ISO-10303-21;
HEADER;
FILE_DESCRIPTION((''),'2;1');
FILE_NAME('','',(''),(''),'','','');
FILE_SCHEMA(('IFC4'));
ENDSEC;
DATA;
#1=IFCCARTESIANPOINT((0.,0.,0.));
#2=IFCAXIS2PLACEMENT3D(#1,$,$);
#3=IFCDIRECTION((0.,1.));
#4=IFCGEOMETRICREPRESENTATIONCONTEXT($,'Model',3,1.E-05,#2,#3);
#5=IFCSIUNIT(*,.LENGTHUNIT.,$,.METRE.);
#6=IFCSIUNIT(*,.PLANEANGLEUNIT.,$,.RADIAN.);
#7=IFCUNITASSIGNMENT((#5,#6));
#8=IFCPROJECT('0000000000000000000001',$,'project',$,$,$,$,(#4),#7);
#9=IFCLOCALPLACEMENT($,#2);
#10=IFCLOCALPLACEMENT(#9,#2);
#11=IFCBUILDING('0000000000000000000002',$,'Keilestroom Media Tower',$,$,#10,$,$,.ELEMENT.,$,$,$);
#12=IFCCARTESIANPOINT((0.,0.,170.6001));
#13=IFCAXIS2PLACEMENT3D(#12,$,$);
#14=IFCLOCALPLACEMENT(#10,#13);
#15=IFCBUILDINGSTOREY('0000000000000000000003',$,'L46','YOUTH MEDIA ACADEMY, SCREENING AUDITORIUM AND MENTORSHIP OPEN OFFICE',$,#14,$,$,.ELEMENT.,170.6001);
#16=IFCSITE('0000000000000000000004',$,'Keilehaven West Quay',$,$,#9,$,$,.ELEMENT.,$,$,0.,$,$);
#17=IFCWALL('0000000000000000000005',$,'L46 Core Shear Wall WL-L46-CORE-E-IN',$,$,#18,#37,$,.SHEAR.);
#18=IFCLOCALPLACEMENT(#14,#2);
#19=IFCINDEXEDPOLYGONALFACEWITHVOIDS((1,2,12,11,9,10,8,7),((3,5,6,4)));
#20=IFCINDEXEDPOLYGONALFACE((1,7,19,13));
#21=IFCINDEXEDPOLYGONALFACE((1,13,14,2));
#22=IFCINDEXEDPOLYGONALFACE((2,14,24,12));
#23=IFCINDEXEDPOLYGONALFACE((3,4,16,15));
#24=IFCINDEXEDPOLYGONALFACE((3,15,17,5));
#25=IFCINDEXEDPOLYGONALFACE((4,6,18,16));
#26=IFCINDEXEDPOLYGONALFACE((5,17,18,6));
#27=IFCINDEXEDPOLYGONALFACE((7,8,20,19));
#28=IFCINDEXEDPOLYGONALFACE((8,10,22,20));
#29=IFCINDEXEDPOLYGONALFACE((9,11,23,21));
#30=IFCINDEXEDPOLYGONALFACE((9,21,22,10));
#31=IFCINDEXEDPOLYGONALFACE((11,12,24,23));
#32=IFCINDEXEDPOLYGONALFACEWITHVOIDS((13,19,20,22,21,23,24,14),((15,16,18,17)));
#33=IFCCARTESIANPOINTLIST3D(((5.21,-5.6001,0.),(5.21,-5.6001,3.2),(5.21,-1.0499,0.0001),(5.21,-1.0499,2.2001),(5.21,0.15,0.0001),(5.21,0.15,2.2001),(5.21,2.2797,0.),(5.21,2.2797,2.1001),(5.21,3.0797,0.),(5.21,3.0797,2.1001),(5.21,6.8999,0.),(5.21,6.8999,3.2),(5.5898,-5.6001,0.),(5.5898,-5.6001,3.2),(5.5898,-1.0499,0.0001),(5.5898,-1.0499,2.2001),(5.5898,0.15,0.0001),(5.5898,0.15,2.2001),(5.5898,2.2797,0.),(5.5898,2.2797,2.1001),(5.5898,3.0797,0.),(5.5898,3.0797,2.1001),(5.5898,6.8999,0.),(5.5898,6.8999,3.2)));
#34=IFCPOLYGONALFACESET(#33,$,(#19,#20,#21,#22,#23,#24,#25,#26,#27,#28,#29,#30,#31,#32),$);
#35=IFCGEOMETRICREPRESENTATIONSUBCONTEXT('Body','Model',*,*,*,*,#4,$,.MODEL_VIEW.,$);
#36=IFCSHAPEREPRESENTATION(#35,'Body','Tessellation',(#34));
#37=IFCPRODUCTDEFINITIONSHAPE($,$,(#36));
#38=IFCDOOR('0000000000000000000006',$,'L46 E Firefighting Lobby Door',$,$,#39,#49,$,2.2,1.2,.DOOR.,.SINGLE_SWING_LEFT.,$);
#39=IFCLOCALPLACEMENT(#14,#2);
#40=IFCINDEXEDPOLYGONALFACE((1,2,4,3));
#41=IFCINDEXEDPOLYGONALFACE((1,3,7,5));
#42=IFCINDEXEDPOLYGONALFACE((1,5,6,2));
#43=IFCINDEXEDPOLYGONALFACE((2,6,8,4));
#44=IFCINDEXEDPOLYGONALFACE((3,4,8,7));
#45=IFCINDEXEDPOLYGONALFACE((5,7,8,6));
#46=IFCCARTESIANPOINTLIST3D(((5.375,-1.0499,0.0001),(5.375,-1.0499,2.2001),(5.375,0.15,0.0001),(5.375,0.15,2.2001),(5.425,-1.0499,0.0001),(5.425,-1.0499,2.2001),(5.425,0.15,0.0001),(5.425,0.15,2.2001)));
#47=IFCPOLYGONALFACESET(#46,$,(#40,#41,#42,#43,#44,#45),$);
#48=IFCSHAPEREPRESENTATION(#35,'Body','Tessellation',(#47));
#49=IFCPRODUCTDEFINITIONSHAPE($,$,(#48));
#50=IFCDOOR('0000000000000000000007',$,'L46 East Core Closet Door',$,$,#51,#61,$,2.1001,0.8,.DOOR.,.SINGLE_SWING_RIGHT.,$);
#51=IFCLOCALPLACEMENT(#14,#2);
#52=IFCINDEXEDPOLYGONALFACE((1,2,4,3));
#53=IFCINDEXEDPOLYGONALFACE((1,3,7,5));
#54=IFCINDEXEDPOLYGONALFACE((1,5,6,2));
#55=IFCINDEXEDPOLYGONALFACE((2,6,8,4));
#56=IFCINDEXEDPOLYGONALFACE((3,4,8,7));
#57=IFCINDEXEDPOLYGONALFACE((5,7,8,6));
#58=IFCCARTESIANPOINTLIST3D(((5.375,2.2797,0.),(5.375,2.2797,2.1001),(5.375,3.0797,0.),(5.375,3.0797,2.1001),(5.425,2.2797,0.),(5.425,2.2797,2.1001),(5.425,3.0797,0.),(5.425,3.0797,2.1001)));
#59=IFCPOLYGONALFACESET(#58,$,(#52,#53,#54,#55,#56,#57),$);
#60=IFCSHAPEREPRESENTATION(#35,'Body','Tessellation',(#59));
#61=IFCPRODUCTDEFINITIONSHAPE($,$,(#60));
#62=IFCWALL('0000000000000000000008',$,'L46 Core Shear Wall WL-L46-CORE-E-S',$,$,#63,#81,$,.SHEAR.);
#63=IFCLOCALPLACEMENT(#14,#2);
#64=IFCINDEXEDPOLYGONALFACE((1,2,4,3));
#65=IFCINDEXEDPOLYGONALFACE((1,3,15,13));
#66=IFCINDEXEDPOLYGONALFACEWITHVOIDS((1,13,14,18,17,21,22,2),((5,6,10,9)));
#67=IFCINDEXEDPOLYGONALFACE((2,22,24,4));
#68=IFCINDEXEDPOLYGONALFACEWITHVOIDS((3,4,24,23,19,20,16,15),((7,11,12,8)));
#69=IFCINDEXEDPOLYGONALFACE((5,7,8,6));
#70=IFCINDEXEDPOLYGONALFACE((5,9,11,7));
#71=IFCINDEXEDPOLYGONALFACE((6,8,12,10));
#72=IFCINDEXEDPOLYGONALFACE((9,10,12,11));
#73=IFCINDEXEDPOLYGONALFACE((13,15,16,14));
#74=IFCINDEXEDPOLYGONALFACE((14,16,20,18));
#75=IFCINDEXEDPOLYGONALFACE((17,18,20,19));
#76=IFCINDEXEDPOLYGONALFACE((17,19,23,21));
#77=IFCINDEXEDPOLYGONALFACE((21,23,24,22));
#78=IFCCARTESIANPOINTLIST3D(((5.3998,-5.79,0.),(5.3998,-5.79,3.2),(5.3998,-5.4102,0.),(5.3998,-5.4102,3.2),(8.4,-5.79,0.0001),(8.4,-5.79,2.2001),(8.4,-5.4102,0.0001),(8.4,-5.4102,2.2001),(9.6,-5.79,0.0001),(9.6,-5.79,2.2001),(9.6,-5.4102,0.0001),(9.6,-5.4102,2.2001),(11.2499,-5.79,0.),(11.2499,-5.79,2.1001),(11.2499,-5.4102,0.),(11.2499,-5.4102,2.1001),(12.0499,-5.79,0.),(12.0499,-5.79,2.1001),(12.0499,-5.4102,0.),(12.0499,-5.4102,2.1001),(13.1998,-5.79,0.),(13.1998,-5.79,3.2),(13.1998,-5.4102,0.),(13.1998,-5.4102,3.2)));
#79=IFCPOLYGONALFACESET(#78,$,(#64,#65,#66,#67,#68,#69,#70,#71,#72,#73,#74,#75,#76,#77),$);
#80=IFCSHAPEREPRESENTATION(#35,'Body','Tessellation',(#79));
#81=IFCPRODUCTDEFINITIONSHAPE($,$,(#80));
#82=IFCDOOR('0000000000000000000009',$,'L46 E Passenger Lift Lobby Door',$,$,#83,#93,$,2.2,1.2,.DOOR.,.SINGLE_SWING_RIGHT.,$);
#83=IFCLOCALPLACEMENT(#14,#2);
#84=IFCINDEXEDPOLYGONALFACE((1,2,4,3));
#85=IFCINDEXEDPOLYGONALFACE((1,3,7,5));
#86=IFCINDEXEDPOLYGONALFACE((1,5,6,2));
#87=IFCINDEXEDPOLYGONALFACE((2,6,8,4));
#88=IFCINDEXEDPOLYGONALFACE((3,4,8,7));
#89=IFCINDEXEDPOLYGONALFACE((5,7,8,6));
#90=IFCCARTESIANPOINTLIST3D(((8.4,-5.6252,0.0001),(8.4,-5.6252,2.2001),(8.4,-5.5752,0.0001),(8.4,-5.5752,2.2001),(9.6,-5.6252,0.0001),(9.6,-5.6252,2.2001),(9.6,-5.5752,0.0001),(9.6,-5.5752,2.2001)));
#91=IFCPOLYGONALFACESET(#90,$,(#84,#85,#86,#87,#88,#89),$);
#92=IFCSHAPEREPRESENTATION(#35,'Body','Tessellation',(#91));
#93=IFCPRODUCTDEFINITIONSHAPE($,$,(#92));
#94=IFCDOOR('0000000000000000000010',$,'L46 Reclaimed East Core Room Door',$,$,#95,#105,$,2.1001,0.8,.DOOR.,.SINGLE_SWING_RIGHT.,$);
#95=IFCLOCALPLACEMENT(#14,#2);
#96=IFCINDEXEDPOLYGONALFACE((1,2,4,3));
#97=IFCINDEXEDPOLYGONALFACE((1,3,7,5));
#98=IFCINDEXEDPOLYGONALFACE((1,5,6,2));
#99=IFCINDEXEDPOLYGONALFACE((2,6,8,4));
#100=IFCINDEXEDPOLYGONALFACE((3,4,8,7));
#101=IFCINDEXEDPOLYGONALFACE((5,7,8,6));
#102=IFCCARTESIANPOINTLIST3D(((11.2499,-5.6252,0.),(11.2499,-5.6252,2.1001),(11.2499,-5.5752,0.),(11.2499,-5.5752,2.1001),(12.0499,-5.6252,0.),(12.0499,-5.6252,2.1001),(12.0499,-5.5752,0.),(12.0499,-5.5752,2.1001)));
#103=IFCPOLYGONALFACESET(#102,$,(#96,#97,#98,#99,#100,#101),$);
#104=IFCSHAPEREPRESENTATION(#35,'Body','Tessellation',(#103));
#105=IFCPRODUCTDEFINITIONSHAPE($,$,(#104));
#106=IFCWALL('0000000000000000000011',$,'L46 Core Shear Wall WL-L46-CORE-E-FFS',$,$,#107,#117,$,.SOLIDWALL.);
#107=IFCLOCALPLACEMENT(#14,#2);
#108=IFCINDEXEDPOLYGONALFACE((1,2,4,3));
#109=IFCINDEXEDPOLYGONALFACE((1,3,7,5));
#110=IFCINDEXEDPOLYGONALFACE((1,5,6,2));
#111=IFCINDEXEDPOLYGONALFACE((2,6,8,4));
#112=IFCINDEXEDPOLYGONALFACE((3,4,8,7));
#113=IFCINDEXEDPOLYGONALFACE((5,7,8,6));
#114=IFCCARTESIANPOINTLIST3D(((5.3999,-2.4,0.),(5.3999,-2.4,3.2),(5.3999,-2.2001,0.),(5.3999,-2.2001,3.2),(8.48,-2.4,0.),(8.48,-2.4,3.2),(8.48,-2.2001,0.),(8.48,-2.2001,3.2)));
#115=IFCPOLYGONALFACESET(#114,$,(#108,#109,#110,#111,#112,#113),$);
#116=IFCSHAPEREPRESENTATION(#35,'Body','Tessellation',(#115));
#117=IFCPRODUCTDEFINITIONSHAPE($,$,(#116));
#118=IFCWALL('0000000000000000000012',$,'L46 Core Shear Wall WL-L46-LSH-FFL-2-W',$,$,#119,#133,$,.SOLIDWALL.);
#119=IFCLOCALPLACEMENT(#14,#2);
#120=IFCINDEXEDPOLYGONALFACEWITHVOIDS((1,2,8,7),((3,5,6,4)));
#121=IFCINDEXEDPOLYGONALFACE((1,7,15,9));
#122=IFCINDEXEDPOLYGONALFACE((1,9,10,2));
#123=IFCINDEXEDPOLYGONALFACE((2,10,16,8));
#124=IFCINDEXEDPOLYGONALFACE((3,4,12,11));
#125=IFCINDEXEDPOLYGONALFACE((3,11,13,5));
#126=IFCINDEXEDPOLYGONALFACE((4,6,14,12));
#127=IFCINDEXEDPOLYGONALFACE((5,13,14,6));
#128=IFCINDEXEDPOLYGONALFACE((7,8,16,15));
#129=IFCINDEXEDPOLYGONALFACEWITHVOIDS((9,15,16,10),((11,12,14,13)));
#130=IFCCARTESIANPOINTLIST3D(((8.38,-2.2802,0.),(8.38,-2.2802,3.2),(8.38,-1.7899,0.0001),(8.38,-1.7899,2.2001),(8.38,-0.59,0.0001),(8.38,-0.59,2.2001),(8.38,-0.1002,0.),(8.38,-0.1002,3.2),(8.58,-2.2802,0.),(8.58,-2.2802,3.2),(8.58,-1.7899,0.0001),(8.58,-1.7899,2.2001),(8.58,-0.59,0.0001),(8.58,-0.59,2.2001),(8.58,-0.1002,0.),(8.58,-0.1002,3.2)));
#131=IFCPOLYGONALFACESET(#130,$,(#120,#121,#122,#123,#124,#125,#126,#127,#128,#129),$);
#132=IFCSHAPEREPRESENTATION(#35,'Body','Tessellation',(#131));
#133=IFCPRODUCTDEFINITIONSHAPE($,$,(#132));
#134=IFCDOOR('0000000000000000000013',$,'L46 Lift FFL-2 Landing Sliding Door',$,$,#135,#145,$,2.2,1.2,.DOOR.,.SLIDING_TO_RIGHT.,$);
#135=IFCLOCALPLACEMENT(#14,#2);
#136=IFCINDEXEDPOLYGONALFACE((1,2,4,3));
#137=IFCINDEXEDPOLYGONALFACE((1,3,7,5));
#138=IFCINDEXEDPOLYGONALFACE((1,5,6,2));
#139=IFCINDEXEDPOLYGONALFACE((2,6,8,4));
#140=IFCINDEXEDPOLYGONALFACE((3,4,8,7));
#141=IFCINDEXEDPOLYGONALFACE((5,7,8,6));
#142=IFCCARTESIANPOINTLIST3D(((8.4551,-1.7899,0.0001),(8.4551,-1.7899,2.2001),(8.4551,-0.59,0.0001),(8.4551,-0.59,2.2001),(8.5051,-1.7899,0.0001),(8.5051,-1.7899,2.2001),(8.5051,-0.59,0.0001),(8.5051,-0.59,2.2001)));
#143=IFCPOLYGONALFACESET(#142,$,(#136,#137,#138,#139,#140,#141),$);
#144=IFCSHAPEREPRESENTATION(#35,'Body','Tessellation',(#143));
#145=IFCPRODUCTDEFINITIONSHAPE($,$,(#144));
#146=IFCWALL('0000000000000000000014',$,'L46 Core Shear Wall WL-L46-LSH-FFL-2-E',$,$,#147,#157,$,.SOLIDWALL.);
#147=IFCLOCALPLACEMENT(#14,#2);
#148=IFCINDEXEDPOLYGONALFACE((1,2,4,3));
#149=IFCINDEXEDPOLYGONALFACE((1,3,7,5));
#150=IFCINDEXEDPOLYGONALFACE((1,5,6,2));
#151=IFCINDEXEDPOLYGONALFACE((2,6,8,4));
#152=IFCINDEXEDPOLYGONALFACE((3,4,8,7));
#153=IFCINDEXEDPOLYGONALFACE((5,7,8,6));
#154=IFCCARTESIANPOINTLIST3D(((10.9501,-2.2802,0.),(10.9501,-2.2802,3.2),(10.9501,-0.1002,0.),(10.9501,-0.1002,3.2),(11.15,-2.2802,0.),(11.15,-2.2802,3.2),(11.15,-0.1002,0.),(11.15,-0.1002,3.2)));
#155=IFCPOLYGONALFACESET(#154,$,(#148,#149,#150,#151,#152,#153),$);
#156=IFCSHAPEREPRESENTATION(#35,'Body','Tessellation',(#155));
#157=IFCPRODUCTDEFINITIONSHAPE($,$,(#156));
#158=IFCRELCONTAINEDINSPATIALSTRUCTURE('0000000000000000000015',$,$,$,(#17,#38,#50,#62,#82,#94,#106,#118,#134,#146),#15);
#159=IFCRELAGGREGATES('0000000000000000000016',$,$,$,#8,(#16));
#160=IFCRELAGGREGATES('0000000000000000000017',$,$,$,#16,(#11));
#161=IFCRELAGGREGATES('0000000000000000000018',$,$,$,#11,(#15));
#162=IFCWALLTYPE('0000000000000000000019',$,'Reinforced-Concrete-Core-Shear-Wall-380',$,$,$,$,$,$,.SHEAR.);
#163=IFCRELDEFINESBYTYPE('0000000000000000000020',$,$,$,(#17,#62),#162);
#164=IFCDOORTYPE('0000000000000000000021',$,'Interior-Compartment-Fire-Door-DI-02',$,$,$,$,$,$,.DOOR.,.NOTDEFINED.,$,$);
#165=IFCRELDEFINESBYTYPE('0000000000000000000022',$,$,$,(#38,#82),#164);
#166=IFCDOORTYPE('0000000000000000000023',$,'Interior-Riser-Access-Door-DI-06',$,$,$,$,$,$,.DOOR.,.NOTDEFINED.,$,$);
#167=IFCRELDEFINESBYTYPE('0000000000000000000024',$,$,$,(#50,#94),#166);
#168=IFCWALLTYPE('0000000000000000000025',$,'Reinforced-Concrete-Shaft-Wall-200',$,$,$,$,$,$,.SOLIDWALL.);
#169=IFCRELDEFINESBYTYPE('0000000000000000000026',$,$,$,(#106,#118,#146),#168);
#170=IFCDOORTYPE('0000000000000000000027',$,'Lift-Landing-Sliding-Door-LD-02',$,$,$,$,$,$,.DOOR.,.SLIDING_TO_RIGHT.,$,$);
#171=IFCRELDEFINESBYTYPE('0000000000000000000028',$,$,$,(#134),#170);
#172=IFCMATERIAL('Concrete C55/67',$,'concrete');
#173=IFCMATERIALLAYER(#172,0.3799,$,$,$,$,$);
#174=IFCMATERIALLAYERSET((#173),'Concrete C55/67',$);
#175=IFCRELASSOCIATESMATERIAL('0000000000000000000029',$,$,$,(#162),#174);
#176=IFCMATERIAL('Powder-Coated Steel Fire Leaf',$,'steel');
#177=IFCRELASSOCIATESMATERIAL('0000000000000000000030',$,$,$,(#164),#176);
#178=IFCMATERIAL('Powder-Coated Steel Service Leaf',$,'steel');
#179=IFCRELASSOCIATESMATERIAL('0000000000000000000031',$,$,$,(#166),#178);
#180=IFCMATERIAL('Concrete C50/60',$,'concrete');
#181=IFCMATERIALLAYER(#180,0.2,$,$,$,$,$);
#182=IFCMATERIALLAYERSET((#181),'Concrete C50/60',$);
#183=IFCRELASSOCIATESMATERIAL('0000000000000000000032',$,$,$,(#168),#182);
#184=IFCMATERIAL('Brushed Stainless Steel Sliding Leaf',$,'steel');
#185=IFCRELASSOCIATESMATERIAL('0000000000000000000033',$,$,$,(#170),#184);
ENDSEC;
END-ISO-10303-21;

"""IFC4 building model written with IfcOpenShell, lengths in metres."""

from ifc_helpers import new_model, si_unit, direction, frame, frame_2d, origin, place, context, subcontext, project, spatial, rectangle, extrude, source, transform, mapped, material, layer, layer_set, type_object, element, fill, save


model = new_model("IFC4")

# Units and contexts
model_context = context("Model", 3, precision=1e-05, world=origin(), true_north=direction((0.0, 1.0)))
body_context = subcontext(model_context, "Body", "Model", "MODEL_VIEW")
ifc_project = project(units=[si_unit("LENGTHUNIT", "METRE"), si_unit("PLANEANGLEUNIT", "RADIAN")], contexts=[model_context])

# Site, building, storey
site_placement = place(None, origin())
site = spatial("IfcSite", under=ifc_project, at=site_placement, Name="Keilehaven West Quay", CompositionType="ELEMENT", RefElevation=0.0)
building_placement = place(site_placement, origin())
building = spatial("IfcBuilding", under=site, at=building_placement, Name="Keilestroom Media Tower", CompositionType="ELEMENT")
storey_placement = place(building_placement, frame((0.0, 0.0, 170.6001)))
storey = spatial("IfcBuildingStorey", under=building, at=storey_placement, Name="L46", Description="YOUTH MEDIA ACADEMY, SCREENING AUDITORIUM AND MENTORSHIP OPEN OFFICE", CompositionType="ELEMENT", Elevation=170.6001)

# Shared definitions
ifc_material_1 = material(Name="Concrete C55/67", Category="concrete")

# Shared definitions
ifc_layer_1 = layer(ifc_material_1, 0.3799)
ifc_layer_set_1 = layer_set([ifc_layer_1], Name="Concrete C55/67")
wall_type_1 = type_object("IfcWallType", Name="Reinforced-Concrete-Core-Shear-Wall-380", PredefinedType="SHEAR", material=ifc_layer_set_1)

# Walls, openings, doors
wall_1_placement = place(storey_placement, frame((5.3999, -5.6001, 0.0), z_axis=(0.0, 0.0, 1.0), x_axis=(0.0, 1.0, 0.0)))
wall_1 = element("IfcWall", 1, at=wall_1_placement, inside=storey, type_object=wall_type_1, Name="L46 Core Shear Wall WL-L46-CORE-E-IN", PredefinedType="SHEAR", context=body_context, shape_type="SweptSolid", body=[
    extrude(rectangle(XDim=12.5, YDim=0.3799, at=frame_2d((6.25, 0.0))), origin(), (0.0, 0.0, 1.0), 3.2),
])
opening_1_placement = place(wall_1_placement, frame((4.55, 0.0, 0.0)))
opening_1 = element("IfcOpeningElement", 2, at=opening_1_placement, cuts=wall_1, PredefinedType="OPENING", context=body_context, shape_type="SweptSolid", body=[
    extrude(rectangle(XDim=1.2, YDim=2.2, at=frame_2d((0.6001, 1.1001))), frame((0.0, 0.2, 0.0), z_axis=(0.0, -1.0, 0.0), x_axis=(1.0, 0.0, 0.0)), (0.0, 0.0, 1.0), 0.3999),
])
opening_2_placement = place(wall_1_placement, frame((7.8799, 0.0, 0.0)))
opening_2 = element("IfcOpeningElement", 3, at=opening_2_placement, cuts=wall_1, PredefinedType="OPENING", context=body_context, shape_type="SweptSolid", body=[
    extrude(rectangle(XDim=0.8, YDim=2.1001, at=frame_2d((0.3999, 1.05))), frame((0.0, 0.2, 0.0), z_axis=(0.0, -1.0, 0.0), x_axis=(1.0, 0.0, 0.0)), (0.0, 0.0, 1.0), 0.3999),
])
ifc_material_2 = material(Name="Powder-Coated Steel Fire Leaf", Category="steel")
door_type_1 = type_object("IfcDoorType", Name="Interior-Compartment-Fire-Door-DI-02", OperationType="NOTDEFINED", PredefinedType="DOOR", material=ifc_material_2)
shared_shape_1 = source(origin(), body_context, "Body", "SweptSolid", [
    extrude(rectangle(XDim=1.2, YDim=2.2, at=frame_2d((0.6001, 1.1001))), frame((0.0, 0.0249, 0.0), z_axis=(0.0, -1.0, 0.0), x_axis=(1.0, 0.0, 0.0)), (0.0, 0.0, 1.0), 0.05),
])
door_1_placement = place(opening_1_placement, origin())
door_1 = element("IfcDoor", 4, at=door_1_placement, inside=storey, type_object=door_type_1, Name="L46 E Firefighting Lobby Door", OperationType="SINGLE_SWING_LEFT", OverallHeight=2.2, OverallWidth=1.2, PredefinedType="DOOR", context=body_context, shape_type="MappedRepresentation", body=[
    mapped(shared_shape_1, transform((0.0, 0.0, 0.0), x_axis=(1.0, 0.0, 0.0), y_axis=(0.0, 1.0, 0.0), z_axis=(0.0, 0.0, 1.0), scale=1.0)),
])
fill(opening_1, door_1)
ifc_material_3 = material(Name="Powder-Coated Steel Service Leaf", Category="steel")
door_type_2 = type_object("IfcDoorType", Name="Interior-Riser-Access-Door-DI-06", OperationType="NOTDEFINED", PredefinedType="DOOR", material=ifc_material_3)
shared_shape_2 = source(origin(), body_context, "Body", "SweptSolid", [
    extrude(rectangle(XDim=0.8, YDim=2.1001, at=frame_2d((0.3999, 1.05))), frame((0.0, 0.0249, 0.0), z_axis=(0.0, -1.0, 0.0), x_axis=(1.0, 0.0, 0.0)), (0.0, 0.0, 1.0), 0.05),
])
door_2_placement = place(opening_2_placement, origin())
door_2 = element("IfcDoor", 5, at=door_2_placement, inside=storey, type_object=door_type_2, Name="L46 East Core Closet Door", OperationType="SINGLE_SWING_RIGHT", OverallHeight=2.1001, OverallWidth=0.8, PredefinedType="DOOR", context=body_context, shape_type="MappedRepresentation", body=[
    mapped(shared_shape_2, transform((0.0, 0.0, 0.0), x_axis=(1.0, 0.0, 0.0), y_axis=(0.0, 1.0, 0.0), z_axis=(0.0, 0.0, 1.0), scale=1.0)),
])
fill(opening_2, door_2)
wall_2_placement = place(storey_placement, frame((5.3999, -5.6001, 0.0), z_axis=(0.0, 0.0, 1.0), x_axis=(1.0, 0.0, 0.0)))
wall_2 = element("IfcWall", 6, at=wall_2_placement, inside=storey, type_object=wall_type_1, Name="L46 Core Shear Wall WL-L46-CORE-E-S", PredefinedType="SHEAR", context=body_context, shape_type="SweptSolid", body=[
    extrude(rectangle(XDim=7.8, YDim=0.3799, at=frame_2d((3.8999, 0.0))), origin(), (0.0, 0.0, 1.0), 3.2),
])
opening_3_placement = place(wall_2_placement, frame((3.0, 0.0, 0.0)))
opening_3 = element("IfcOpeningElement", 7, at=opening_3_placement, cuts=wall_2, PredefinedType="OPENING", context=body_context, shape_type="SweptSolid", body=[
    extrude(rectangle(XDim=1.2, YDim=2.2, at=frame_2d((0.6001, 1.1001))), frame((0.0, 0.2, 0.0), z_axis=(0.0, -1.0, 0.0), x_axis=(1.0, 0.0, 0.0)), (0.0, 0.0, 1.0), 0.3999),
])
opening_4_placement = place(wall_2_placement, frame((5.8501, 0.0, 0.0)))
opening_4 = element("IfcOpeningElement", 8, at=opening_4_placement, cuts=wall_2, PredefinedType="OPENING", context=body_context, shape_type="SweptSolid", body=[
    extrude(rectangle(XDim=0.8, YDim=2.1001, at=frame_2d((0.3999, 1.05))), frame((0.0, 0.2, 0.0), z_axis=(0.0, -1.0, 0.0), x_axis=(1.0, 0.0, 0.0)), (0.0, 0.0, 1.0), 0.3999),
])
door_3_placement = place(opening_3_placement, origin())
door_3 = element("IfcDoor", 9, at=door_3_placement, inside=storey, type_object=door_type_1, Name="L46 E Passenger Lift Lobby Door", OperationType="SINGLE_SWING_RIGHT", OverallHeight=2.2, OverallWidth=1.2, PredefinedType="DOOR", context=body_context, shape_type="MappedRepresentation", body=[
    mapped(shared_shape_1, transform((0.0, 0.0, 0.0), x_axis=(1.0, 0.0, 0.0), y_axis=(0.0, 1.0, 0.0), z_axis=(0.0, 0.0, 1.0), scale=1.0)),
])
fill(opening_3, door_3)
door_4_placement = place(opening_4_placement, origin())
door_4 = element("IfcDoor", 10, at=door_4_placement, inside=storey, type_object=door_type_2, Name="L46 Reclaimed East Core Room Door", OperationType="SINGLE_SWING_RIGHT", OverallHeight=2.1001, OverallWidth=0.8, PredefinedType="DOOR", context=body_context, shape_type="MappedRepresentation", body=[
    mapped(shared_shape_2, transform((0.0, 0.0, 0.0), x_axis=(1.0, 0.0, 0.0), y_axis=(0.0, 1.0, 0.0), z_axis=(0.0, 0.0, 1.0), scale=1.0)),
])
fill(opening_4, door_4)

# Wall
ifc_material_4 = material(Name="Concrete C50/60", Category="concrete")
ifc_layer_2 = layer(ifc_material_4, 0.2)
ifc_layer_set_2 = layer_set([ifc_layer_2], Name="Concrete C50/60")
wall_type_2 = type_object("IfcWallType", Name="Reinforced-Concrete-Shaft-Wall-200", PredefinedType="SOLIDWALL", material=ifc_layer_set_2)
wall_3_placement = place(storey_placement, frame((5.3999, -2.3, 0.0), z_axis=(0.0, 0.0, 1.0), x_axis=(1.0, 0.0, 0.0)))
element("IfcWall", 11, at=wall_3_placement, inside=storey, type_object=wall_type_2, Name="L46 Core Shear Wall WL-L46-CORE-E-FFS", PredefinedType="SOLIDWALL", context=body_context, shape_type="SweptSolid", body=[
    extrude(rectangle(XDim=3.0801, YDim=0.2, at=frame_2d((1.54, 0.0))), origin(), (0.0, 0.0, 1.0), 3.2),
])

# Wall, opening, door
wall_4_placement = place(storey_placement, frame((8.48, -2.28, 0.0), z_axis=(0.0, 0.0, 1.0), x_axis=(0.0, 1.0, 0.0)))
wall_4 = element("IfcWall", 12, at=wall_4_placement, inside=storey, type_object=wall_type_2, Name="L46 Core Shear Wall WL-L46-LSH-FFL-2-W", PredefinedType="SOLIDWALL", context=body_context, shape_type="SweptSolid", body=[
    extrude(rectangle(XDim=2.1799, YDim=0.2, at=frame_2d((1.0898, 0.0))), origin(), (0.0, 0.0, 1.0), 3.2),
])
opening_5_placement = place(wall_4_placement, frame((0.49, 0.0, 0.0)))
opening_5 = element("IfcOpeningElement", 13, at=opening_5_placement, cuts=wall_4, PredefinedType="OPENING", context=body_context, shape_type="SweptSolid", body=[
    extrude(rectangle(XDim=1.2, YDim=2.2, at=frame_2d((0.6001, 1.1001))), frame((0.0, 0.1099, 0.0), z_axis=(0.0, -1.0, 0.0), x_axis=(1.0, 0.0, 0.0)), (0.0, 0.0, 1.0), 0.22),
])
ifc_material_5 = material(Name="Brushed Stainless Steel Sliding Leaf", Category="steel")
door_type_3 = type_object("IfcDoorType", Name="Lift-Landing-Sliding-Door-LD-02", OperationType="SLIDING_TO_RIGHT", PredefinedType="DOOR", material=ifc_material_5)
door_5_placement = place(opening_5_placement, origin())
door_5 = element("IfcDoor", 14, at=door_5_placement, inside=storey, type_object=door_type_3, Name="L46 Lift FFL-2 Landing Sliding Door", OperationType="SLIDING_TO_RIGHT", OverallHeight=2.2, OverallWidth=1.2, PredefinedType="DOOR", context=body_context, shape_type="MappedRepresentation", body=[
    mapped(shared_shape_1, transform((0.0, 0.0, 0.0), x_axis=(1.0, 0.0, 0.0), y_axis=(0.0, 1.0, 0.0), z_axis=(0.0, 0.0, 1.0), scale=1.0)),
])
fill(opening_5, door_5)

# Wall
wall_5_placement = place(storey_placement, frame((11.05, -2.28, 0.0), z_axis=(0.0, 0.0, 1.0), x_axis=(0.0, 1.0, 0.0)))
element("IfcWall", 15, at=wall_5_placement, inside=storey, type_object=wall_type_2, Name="L46 Core Shear Wall WL-L46-LSH-FFL-2-E", PredefinedType="SOLIDWALL", context=body_context, shape_type="SweptSolid", body=[
    extrude(rectangle(XDim=2.1799, YDim=0.2, at=frame_2d((1.0898, 0.0))), origin(), (0.0, 0.0, 1.0), 3.2),
])

save(model, "model.ifc")
